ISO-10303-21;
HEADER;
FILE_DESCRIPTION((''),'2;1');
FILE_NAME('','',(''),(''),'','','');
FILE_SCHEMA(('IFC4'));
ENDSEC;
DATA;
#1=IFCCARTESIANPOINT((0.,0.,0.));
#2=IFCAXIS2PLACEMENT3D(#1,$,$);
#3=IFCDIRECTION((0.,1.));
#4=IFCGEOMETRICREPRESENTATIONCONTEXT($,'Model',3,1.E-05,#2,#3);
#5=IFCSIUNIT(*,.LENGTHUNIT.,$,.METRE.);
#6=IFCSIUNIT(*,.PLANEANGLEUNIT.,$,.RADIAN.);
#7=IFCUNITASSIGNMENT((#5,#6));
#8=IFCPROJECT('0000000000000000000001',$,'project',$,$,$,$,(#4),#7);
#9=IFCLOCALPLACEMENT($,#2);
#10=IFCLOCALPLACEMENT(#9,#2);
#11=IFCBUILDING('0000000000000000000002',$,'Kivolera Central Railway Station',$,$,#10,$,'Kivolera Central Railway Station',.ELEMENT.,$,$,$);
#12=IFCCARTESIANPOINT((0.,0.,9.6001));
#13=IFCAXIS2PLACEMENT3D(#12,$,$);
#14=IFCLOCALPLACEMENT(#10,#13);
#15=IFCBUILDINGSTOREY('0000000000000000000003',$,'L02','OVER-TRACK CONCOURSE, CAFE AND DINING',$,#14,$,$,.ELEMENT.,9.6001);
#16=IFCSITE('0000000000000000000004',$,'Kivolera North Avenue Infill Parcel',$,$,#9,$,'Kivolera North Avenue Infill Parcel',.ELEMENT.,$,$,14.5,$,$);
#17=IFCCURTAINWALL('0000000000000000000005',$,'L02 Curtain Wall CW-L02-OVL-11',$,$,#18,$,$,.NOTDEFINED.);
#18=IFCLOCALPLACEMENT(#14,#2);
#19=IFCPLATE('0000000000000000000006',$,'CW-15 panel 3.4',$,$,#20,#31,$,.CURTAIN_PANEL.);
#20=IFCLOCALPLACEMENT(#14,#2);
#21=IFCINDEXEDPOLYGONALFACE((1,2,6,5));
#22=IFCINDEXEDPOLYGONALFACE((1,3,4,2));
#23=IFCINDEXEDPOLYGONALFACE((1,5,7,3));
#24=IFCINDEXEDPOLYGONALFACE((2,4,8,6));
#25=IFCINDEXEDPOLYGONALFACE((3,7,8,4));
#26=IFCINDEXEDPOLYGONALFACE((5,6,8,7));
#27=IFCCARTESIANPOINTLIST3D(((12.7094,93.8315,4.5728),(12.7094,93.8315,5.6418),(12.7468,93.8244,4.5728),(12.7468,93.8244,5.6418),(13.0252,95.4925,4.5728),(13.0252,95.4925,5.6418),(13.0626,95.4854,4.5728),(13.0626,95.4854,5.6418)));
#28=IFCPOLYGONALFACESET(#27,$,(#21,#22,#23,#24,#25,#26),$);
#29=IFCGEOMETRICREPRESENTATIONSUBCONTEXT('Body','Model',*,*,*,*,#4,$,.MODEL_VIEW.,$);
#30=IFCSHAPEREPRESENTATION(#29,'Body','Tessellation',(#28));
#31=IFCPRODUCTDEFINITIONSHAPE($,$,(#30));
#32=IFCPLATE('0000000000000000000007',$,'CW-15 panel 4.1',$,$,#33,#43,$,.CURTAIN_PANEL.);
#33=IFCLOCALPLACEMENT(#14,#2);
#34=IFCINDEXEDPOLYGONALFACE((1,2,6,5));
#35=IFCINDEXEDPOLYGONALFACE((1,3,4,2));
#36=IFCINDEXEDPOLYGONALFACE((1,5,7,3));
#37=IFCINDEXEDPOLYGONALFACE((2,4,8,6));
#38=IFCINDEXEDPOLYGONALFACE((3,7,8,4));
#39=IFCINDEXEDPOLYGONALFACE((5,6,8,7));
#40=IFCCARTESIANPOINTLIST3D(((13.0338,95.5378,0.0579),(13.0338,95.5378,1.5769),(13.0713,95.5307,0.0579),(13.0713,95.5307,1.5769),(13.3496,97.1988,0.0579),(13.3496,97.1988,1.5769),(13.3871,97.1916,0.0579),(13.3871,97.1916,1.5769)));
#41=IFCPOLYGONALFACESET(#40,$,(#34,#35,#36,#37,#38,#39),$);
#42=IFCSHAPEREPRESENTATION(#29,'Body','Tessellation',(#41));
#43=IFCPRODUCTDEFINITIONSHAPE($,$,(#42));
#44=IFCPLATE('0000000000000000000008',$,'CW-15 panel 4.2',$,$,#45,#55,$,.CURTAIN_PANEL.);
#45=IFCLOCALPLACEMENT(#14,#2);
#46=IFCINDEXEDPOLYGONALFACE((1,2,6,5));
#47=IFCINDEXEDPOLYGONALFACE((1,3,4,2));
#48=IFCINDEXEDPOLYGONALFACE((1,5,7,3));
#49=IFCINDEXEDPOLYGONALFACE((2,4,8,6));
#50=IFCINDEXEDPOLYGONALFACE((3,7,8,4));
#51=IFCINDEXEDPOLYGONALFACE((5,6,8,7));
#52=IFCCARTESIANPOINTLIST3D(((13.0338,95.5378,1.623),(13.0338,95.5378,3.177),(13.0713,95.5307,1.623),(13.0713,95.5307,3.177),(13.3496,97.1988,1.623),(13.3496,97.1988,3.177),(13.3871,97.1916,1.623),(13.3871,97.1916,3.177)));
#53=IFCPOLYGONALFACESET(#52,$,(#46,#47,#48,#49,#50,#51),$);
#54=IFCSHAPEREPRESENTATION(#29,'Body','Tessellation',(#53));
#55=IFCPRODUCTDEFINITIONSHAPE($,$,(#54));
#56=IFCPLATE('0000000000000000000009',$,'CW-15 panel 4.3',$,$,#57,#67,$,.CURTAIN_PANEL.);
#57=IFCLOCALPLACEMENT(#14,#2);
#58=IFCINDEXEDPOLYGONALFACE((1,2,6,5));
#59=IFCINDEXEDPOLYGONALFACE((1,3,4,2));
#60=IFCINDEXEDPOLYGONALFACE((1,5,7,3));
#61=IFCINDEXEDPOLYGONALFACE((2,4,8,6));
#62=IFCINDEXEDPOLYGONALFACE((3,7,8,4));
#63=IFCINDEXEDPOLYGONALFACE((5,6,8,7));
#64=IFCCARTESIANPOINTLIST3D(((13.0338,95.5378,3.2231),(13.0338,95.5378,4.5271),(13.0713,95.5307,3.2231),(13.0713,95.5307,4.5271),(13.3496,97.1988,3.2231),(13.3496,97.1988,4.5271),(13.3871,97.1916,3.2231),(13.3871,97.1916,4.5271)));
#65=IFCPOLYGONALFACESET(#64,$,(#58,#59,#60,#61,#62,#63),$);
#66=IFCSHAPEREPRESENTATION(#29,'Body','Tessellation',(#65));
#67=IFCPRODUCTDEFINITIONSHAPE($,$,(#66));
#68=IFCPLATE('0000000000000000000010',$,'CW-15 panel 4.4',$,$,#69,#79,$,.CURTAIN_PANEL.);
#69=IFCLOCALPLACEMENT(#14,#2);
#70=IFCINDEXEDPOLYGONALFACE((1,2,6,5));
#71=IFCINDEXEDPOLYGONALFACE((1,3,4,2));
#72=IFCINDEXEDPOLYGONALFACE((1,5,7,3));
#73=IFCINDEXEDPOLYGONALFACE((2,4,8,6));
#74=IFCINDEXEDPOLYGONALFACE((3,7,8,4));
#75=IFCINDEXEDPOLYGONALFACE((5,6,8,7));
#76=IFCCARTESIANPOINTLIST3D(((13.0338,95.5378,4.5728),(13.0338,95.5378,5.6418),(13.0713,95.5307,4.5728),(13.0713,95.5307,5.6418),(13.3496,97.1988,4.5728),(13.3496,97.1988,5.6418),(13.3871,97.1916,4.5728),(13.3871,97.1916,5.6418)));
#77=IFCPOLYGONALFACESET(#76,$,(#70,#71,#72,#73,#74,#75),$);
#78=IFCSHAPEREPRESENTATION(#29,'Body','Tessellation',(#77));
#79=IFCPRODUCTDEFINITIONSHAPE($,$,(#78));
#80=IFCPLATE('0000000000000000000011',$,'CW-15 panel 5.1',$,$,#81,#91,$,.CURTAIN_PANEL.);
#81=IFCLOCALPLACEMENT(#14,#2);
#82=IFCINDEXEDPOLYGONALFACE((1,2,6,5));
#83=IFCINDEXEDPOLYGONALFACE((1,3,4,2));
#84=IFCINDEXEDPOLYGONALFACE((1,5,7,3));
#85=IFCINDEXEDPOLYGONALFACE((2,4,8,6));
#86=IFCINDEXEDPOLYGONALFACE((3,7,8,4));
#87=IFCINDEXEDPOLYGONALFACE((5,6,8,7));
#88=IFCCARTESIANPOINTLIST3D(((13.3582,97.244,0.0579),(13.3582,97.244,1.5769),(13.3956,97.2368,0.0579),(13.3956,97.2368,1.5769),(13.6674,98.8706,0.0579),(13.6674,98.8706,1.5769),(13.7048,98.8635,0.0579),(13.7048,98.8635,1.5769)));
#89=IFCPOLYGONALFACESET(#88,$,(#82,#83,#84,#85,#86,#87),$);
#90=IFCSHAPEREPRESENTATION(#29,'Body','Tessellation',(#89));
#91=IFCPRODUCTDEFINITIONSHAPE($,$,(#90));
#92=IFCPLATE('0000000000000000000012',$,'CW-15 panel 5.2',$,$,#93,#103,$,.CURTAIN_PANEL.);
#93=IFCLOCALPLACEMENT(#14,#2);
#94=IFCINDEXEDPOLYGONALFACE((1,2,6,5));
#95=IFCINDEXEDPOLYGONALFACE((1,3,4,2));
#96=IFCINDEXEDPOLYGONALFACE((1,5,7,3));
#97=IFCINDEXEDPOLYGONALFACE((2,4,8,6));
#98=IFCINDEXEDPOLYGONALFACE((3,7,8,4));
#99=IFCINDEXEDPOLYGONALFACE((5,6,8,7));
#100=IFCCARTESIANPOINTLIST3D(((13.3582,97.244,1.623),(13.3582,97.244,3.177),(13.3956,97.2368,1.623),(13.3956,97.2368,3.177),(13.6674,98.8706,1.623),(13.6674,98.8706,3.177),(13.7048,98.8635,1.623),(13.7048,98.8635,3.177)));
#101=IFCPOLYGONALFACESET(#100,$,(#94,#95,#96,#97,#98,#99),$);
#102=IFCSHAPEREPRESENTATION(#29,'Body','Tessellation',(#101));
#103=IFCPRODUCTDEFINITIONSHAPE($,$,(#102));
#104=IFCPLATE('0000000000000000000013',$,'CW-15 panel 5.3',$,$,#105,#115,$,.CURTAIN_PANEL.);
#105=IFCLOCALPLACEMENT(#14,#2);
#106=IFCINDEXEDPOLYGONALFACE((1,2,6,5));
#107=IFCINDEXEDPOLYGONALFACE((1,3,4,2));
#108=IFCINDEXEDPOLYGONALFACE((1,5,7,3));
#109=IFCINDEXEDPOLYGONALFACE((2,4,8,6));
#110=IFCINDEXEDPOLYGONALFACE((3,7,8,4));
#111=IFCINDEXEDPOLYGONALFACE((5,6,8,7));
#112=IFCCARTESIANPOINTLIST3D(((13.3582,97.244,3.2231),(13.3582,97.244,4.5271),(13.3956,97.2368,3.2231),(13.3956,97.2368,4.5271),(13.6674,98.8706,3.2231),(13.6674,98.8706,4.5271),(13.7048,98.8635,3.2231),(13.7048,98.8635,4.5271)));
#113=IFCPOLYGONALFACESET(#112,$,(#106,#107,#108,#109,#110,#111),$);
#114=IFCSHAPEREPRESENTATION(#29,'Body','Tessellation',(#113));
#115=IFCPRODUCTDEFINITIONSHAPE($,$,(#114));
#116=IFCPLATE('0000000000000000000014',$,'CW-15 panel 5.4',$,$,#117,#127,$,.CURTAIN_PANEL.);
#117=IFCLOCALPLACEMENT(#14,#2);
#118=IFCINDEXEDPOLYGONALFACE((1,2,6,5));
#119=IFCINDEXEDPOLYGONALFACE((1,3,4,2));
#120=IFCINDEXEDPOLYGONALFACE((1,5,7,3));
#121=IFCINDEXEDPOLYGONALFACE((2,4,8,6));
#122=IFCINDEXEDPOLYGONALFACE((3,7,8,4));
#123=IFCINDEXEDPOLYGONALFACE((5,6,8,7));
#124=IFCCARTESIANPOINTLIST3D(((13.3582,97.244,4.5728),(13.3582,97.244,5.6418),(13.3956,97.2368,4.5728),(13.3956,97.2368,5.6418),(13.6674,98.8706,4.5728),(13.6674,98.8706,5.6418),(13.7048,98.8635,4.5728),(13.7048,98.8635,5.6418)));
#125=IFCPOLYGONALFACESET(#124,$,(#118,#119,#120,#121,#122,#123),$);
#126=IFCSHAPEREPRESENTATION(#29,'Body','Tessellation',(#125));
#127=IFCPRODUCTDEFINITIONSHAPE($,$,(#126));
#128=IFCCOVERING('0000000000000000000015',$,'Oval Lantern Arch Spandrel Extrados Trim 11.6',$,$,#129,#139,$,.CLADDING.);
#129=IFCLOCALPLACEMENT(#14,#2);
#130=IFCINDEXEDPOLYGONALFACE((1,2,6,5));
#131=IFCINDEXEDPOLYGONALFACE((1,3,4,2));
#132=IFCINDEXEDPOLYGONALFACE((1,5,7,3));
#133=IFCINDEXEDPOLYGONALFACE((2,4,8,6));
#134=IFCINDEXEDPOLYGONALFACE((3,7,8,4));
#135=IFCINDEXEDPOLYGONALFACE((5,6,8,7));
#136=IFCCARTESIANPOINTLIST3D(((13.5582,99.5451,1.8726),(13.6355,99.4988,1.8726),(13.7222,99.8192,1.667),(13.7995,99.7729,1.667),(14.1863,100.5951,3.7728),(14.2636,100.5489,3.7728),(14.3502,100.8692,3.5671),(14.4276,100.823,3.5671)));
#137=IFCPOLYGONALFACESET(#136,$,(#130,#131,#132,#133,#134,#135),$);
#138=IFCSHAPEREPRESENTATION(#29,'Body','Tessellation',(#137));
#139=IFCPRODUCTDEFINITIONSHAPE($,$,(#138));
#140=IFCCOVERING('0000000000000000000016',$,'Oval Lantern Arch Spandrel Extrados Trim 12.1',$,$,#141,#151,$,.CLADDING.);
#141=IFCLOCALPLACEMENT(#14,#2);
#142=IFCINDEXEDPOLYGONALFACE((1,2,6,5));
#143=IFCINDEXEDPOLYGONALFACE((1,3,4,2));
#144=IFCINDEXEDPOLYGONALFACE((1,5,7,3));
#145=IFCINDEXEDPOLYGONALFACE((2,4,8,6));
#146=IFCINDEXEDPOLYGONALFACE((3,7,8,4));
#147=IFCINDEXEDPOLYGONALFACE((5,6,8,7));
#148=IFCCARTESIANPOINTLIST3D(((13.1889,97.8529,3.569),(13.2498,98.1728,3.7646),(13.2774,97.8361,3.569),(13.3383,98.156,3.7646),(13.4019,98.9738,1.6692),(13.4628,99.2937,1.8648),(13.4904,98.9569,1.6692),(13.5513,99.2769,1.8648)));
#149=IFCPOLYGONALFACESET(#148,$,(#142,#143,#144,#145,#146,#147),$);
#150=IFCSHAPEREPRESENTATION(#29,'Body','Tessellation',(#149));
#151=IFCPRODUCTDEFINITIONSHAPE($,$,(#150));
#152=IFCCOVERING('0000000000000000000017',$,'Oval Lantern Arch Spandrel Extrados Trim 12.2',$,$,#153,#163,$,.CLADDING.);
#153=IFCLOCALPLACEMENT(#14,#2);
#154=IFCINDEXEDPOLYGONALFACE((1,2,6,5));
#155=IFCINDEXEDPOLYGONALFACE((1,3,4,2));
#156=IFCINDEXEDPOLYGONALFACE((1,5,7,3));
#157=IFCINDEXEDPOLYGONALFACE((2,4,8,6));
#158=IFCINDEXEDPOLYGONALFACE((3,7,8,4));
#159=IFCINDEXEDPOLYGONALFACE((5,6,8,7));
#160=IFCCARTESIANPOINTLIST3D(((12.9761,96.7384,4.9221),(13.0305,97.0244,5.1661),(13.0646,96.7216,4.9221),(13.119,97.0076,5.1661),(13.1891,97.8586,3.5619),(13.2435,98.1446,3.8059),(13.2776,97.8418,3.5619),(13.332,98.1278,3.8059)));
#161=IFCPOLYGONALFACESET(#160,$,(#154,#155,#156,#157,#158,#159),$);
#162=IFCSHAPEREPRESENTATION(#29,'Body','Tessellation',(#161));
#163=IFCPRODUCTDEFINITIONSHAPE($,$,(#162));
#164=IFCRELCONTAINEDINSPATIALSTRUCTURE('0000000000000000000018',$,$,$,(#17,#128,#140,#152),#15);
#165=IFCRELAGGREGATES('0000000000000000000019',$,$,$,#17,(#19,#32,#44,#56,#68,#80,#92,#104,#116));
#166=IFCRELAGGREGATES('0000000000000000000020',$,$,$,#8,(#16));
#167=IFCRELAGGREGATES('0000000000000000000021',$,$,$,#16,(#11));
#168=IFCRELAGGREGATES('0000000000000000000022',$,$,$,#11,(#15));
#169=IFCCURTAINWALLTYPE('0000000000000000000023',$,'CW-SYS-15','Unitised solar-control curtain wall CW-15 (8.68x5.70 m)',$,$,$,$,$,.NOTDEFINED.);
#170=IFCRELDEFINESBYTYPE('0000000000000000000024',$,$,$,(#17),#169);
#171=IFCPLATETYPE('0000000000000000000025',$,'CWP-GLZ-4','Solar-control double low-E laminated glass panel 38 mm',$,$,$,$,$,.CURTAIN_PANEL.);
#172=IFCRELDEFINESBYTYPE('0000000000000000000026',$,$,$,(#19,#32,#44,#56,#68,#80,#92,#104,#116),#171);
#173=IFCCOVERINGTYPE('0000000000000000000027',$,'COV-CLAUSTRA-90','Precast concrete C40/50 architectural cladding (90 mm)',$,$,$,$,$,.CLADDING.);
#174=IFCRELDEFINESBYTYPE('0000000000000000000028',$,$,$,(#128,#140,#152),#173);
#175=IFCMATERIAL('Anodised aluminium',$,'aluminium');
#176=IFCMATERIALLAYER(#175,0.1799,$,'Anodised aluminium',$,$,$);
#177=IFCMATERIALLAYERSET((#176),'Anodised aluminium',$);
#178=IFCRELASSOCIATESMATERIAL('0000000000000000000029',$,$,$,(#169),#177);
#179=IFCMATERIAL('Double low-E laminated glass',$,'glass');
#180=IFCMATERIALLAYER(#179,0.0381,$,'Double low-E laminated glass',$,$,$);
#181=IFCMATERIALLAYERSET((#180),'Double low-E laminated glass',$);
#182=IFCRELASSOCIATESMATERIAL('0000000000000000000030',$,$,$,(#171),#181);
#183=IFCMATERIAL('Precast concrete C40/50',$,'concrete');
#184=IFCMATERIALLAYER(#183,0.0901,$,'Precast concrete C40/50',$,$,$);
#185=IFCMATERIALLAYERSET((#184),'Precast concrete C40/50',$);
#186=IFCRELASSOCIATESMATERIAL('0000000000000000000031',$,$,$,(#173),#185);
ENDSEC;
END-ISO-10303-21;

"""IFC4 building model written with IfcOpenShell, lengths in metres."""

from ifc_helpers import new_model, si_unit, direction, frame, origin, origin_2d, place, context, subcontext, project, spatial, rectangle, extrude, material, layer, layer_set, type_object, element, aggregate, save


model = new_model("IFC4")

# Units and contexts
model_context = context("Model", 3, precision=1e-05, world=origin(), true_north=direction((0.0, 1.0)))
body_context = subcontext(model_context, "Body", "Model", "MODEL_VIEW")
ifc_project = project(units=[si_unit("LENGTHUNIT", "METRE"), si_unit("PLANEANGLEUNIT", "RADIAN")], contexts=[model_context])

# Site, building, storey
site_placement = place(None, origin())
site = spatial("IfcSite", under=ifc_project, at=site_placement, Name="Kivolera North Avenue Infill Parcel", LongName="Kivolera North Avenue Infill Parcel", CompositionType="ELEMENT", RefElevation=14.5)
building_placement = place(site_placement, origin())
building = spatial("IfcBuilding", under=site, at=building_placement, Name="Kivolera Central Railway Station", LongName="Kivolera Central Railway Station", CompositionType="ELEMENT")
storey_placement = place(building_placement, frame((0.0, 0.0, 9.6001)))
storey = spatial("IfcBuildingStorey", under=building, at=storey_placement, Name="L02", Description="OVER-TRACK CONCOURSE, CAFE AND DINING", CompositionType="ELEMENT", Elevation=9.6001)

# Shared definitions
ifc_material_1 = material(Name="Anodised aluminium", Category="aluminium")

# Curtain wall
ifc_layer_1 = layer(ifc_material_1, 0.1799, Name="Anodised aluminium")
ifc_layer_set_1 = layer_set([ifc_layer_1], Name="Anodised aluminium")
curtain_wall_type_1 = type_object("IfcCurtainWallType", Name="CW-SYS-15", Description="Unitised solar-control curtain wall CW-15 (8.68x5.70 m)", PredefinedType="NOTDEFINED", material=ifc_layer_set_1)
curtain_wall_1_placement = place(storey_placement, origin())
curtain_wall_1 = element("IfcCurtainWall", 1, at=curtain_wall_1_placement, inside=storey, type_object=curtain_wall_type_1, Name="L02 Curtain Wall CW-L02-OVL-11", PredefinedType="NOTDEFINED")

# Plates
ifc_material_2 = material(Name="Double low-E laminated glass", Category="glass")
ifc_layer_2 = layer(ifc_material_2, 0.0381, Name="Double low-E laminated glass")
ifc_layer_set_2 = layer_set([ifc_layer_2], Name="Double low-E laminated glass")
plate_type = type_object("IfcPlateType", Name="CWP-GLZ-4", Description="Solar-control double low-E laminated glass panel 38 mm", PredefinedType="CURTAIN_PANEL", material=ifc_layer_set_2)
plate_1_placement = place(storey_placement, frame((12.886, 94.6584, 4.5728), z_axis=(0.0, 0.0, 1.0), x_axis=(0.186784, 0.982401, 0.0)))
plate_1 = element("IfcPlate", 2, at=plate_1_placement, type_object=plate_type, Name="CW-15 panel 3.4", PredefinedType="CURTAIN_PANEL", context=body_context, shape_type="SweptSolid", body=[
    extrude(rectangle(XDim=1.6907, YDim=0.0381, at=origin_2d()), origin(), (0.0, 0.0, 1.0), 1.0691),
])
plate_2_placement = place(storey_placement, frame((13.2104, 96.3647, 0.0579), z_axis=(0.0, 0.0, 1.0), x_axis=(0.186784, 0.982401, 0.0)))
plate_2 = element("IfcPlate", 3, at=plate_2_placement, type_object=plate_type, Name="CW-15 panel 4.1", PredefinedType="CURTAIN_PANEL", context=body_context, shape_type="SweptSolid", body=[
    extrude(rectangle(XDim=1.6907, YDim=0.0381, at=origin_2d()), origin(), (0.0, 0.0, 1.0), 1.519),
])
plate_3_placement = place(storey_placement, frame((13.2104, 96.3647, 1.623), z_axis=(0.0, 0.0, 1.0), x_axis=(0.186784, 0.982401, 0.0)))
plate_3 = element("IfcPlate", 4, at=plate_3_placement, type_object=plate_type, Name="CW-15 panel 4.2", PredefinedType="CURTAIN_PANEL", context=body_context, shape_type="SweptSolid", body=[
    extrude(rectangle(XDim=1.6907, YDim=0.0381, at=origin_2d()), origin(), (0.0, 0.0, 1.0), 1.554),
])
plate_4_placement = place(storey_placement, frame((13.2104, 96.3647, 3.2231), z_axis=(0.0, 0.0, 1.0), x_axis=(0.186784, 0.982401, 0.0)))
plate_4 = element("IfcPlate", 5, at=plate_4_placement, type_object=plate_type, Name="CW-15 panel 4.3", PredefinedType="CURTAIN_PANEL", context=body_context, shape_type="SweptSolid", body=[
    extrude(rectangle(XDim=1.6907, YDim=0.0381, at=origin_2d()), origin(), (0.0, 0.0, 1.0), 1.304),
])
plate_5_placement = place(storey_placement, frame((13.2104, 96.3647, 4.5728), z_axis=(0.0, 0.0, 1.0), x_axis=(0.186784, 0.982401, 0.0)))
plate_5 = element("IfcPlate", 6, at=plate_5_placement, type_object=plate_type, Name="CW-15 panel 4.4", PredefinedType="CURTAIN_PANEL", context=body_context, shape_type="SweptSolid", body=[
    extrude(rectangle(XDim=1.6907, YDim=0.0381, at=origin_2d()), origin(), (0.0, 0.0, 1.0), 1.0691),
])
plate_6_placement = place(storey_placement, frame((13.5315, 98.0537, 0.0579), z_axis=(0.0, 0.0, 1.0), x_axis=(0.186784, 0.982401, 0.0)))
plate_6 = element("IfcPlate", 7, at=plate_6_placement, type_object=plate_type, Name="CW-15 panel 5.1", PredefinedType="CURTAIN_PANEL", context=body_context, shape_type="SweptSolid", body=[
    extrude(rectangle(XDim=1.6558, YDim=0.0381, at=origin_2d()), origin(), (0.0, 0.0, 1.0), 1.519),
])
plate_7_placement = place(storey_placement, frame((13.5315, 98.0537, 1.623), z_axis=(0.0, 0.0, 1.0), x_axis=(0.186784, 0.982401, 0.0)))
plate_7 = element("IfcPlate", 8, at=plate_7_placement, type_object=plate_type, Name="CW-15 panel 5.2", PredefinedType="CURTAIN_PANEL", context=body_context, shape_type="SweptSolid", body=[
    extrude(rectangle(XDim=1.6558, YDim=0.0381, at=origin_2d()), origin(), (0.0, 0.0, 1.0), 1.554),
])
plate_8_placement = place(storey_placement, frame((13.5315, 98.0537, 3.2231), z_axis=(0.0, 0.0, 1.0), x_axis=(0.186784, 0.982401, 0.0)))
plate_8 = element("IfcPlate", 9, at=plate_8_placement, type_object=plate_type, Name="CW-15 panel 5.3", PredefinedType="CURTAIN_PANEL", context=body_context, shape_type="SweptSolid", body=[
    extrude(rectangle(XDim=1.6558, YDim=0.0381, at=origin_2d()), origin(), (0.0, 0.0, 1.0), 1.304),
])
plate_9_placement = place(storey_placement, frame((13.5315, 98.0537, 4.5728), z_axis=(0.0, 0.0, 1.0), x_axis=(0.186784, 0.982401, 0.0)))
plate_9 = element("IfcPlate", 10, at=plate_9_placement, type_object=plate_type, Name="CW-15 panel 5.4", PredefinedType="CURTAIN_PANEL", context=body_context, shape_type="SweptSolid", body=[
    extrude(rectangle(XDim=1.6558, YDim=0.0381, at=origin_2d()), origin(), (0.0, 0.0, 1.0), 1.0691),
])
aggregate(curtain_wall_1, [plate_1, plate_2, plate_3, plate_4, plate_5, plate_6, plate_7, plate_8, plate_9])

# Coverings
ifc_material_3 = material(Name="Precast concrete C40/50", Category="concrete")
ifc_layer_3 = layer(ifc_material_3, 0.0901, Name="Precast concrete C40/50")
ifc_layer_set_3 = layer_set([ifc_layer_3], Name="Precast concrete C40/50")
covering_type = type_object("IfcCoveringType", Name="COV-CLAUSTRA-90", Description="Precast concrete C40/50 architectural cladding (90 mm)", PredefinedType="CLADDING", material=ifc_layer_set_3)
covering_1_placement = place(storey_placement, frame((13.9929, 100.1841, 2.72), z_axis=(-0.277896, -0.464634, -0.840767), x_axis=(-0.858138, 0.51342, 0.0)))
element("IfcCovering", 11, at=covering_1_placement, inside=storey, type_object=covering_type, Name="Oval Lantern Arch Spandrel Extrados Trim 11.6", PredefinedType="CLADDING", context=body_context, shape_type="SweptSolid", body=[
    extrude(rectangle(XDim=0.0901, YDim=0.3799, at=origin_2d()), frame((0.0, 0.0, -1.1299)), (0.0, 0.0, 1.0), 2.26),
])
covering_2_placement = place(storey_placement, frame((13.3701, 98.5649, 2.7168), z_axis=(-0.096106, -0.505797, 0.857283), x_axis=(-0.98239, 0.186841, 0.0)))
element("IfcCovering", 12, at=covering_2_placement, inside=storey, type_object=covering_type, Name="Oval Lantern Arch Spandrel Extrados Trim 12.1", PredefinedType="CLADDING", context=body_context, shape_type="SweptSolid", body=[
    extrude(rectangle(XDim=0.0901, YDim=0.3799, at=origin_2d()), frame((0.0, 0.0, -1.1079)), (0.0, 0.0, 1.0), 2.2161),
])
covering_3_placement = place(storey_placement, frame((13.1541, 97.4331, 4.364), z_axis=(-0.120024, -0.631112, 0.76635), x_axis=(-0.98239, 0.186841, 0.0)))
element("IfcCovering", 13, at=covering_3_placement, inside=storey, type_object=covering_type, Name="Oval Lantern Arch Spandrel Extrados Trim 12.2", PredefinedType="CLADDING", context=body_context, shape_type="SweptSolid", body=[
    extrude(rectangle(XDim=0.0901, YDim=0.3799, at=origin_2d()), frame((0.0, 0.0, -0.8875)), (0.0, 0.0, 1.0), 1.7749),
])

save(model, "model.ifc")
